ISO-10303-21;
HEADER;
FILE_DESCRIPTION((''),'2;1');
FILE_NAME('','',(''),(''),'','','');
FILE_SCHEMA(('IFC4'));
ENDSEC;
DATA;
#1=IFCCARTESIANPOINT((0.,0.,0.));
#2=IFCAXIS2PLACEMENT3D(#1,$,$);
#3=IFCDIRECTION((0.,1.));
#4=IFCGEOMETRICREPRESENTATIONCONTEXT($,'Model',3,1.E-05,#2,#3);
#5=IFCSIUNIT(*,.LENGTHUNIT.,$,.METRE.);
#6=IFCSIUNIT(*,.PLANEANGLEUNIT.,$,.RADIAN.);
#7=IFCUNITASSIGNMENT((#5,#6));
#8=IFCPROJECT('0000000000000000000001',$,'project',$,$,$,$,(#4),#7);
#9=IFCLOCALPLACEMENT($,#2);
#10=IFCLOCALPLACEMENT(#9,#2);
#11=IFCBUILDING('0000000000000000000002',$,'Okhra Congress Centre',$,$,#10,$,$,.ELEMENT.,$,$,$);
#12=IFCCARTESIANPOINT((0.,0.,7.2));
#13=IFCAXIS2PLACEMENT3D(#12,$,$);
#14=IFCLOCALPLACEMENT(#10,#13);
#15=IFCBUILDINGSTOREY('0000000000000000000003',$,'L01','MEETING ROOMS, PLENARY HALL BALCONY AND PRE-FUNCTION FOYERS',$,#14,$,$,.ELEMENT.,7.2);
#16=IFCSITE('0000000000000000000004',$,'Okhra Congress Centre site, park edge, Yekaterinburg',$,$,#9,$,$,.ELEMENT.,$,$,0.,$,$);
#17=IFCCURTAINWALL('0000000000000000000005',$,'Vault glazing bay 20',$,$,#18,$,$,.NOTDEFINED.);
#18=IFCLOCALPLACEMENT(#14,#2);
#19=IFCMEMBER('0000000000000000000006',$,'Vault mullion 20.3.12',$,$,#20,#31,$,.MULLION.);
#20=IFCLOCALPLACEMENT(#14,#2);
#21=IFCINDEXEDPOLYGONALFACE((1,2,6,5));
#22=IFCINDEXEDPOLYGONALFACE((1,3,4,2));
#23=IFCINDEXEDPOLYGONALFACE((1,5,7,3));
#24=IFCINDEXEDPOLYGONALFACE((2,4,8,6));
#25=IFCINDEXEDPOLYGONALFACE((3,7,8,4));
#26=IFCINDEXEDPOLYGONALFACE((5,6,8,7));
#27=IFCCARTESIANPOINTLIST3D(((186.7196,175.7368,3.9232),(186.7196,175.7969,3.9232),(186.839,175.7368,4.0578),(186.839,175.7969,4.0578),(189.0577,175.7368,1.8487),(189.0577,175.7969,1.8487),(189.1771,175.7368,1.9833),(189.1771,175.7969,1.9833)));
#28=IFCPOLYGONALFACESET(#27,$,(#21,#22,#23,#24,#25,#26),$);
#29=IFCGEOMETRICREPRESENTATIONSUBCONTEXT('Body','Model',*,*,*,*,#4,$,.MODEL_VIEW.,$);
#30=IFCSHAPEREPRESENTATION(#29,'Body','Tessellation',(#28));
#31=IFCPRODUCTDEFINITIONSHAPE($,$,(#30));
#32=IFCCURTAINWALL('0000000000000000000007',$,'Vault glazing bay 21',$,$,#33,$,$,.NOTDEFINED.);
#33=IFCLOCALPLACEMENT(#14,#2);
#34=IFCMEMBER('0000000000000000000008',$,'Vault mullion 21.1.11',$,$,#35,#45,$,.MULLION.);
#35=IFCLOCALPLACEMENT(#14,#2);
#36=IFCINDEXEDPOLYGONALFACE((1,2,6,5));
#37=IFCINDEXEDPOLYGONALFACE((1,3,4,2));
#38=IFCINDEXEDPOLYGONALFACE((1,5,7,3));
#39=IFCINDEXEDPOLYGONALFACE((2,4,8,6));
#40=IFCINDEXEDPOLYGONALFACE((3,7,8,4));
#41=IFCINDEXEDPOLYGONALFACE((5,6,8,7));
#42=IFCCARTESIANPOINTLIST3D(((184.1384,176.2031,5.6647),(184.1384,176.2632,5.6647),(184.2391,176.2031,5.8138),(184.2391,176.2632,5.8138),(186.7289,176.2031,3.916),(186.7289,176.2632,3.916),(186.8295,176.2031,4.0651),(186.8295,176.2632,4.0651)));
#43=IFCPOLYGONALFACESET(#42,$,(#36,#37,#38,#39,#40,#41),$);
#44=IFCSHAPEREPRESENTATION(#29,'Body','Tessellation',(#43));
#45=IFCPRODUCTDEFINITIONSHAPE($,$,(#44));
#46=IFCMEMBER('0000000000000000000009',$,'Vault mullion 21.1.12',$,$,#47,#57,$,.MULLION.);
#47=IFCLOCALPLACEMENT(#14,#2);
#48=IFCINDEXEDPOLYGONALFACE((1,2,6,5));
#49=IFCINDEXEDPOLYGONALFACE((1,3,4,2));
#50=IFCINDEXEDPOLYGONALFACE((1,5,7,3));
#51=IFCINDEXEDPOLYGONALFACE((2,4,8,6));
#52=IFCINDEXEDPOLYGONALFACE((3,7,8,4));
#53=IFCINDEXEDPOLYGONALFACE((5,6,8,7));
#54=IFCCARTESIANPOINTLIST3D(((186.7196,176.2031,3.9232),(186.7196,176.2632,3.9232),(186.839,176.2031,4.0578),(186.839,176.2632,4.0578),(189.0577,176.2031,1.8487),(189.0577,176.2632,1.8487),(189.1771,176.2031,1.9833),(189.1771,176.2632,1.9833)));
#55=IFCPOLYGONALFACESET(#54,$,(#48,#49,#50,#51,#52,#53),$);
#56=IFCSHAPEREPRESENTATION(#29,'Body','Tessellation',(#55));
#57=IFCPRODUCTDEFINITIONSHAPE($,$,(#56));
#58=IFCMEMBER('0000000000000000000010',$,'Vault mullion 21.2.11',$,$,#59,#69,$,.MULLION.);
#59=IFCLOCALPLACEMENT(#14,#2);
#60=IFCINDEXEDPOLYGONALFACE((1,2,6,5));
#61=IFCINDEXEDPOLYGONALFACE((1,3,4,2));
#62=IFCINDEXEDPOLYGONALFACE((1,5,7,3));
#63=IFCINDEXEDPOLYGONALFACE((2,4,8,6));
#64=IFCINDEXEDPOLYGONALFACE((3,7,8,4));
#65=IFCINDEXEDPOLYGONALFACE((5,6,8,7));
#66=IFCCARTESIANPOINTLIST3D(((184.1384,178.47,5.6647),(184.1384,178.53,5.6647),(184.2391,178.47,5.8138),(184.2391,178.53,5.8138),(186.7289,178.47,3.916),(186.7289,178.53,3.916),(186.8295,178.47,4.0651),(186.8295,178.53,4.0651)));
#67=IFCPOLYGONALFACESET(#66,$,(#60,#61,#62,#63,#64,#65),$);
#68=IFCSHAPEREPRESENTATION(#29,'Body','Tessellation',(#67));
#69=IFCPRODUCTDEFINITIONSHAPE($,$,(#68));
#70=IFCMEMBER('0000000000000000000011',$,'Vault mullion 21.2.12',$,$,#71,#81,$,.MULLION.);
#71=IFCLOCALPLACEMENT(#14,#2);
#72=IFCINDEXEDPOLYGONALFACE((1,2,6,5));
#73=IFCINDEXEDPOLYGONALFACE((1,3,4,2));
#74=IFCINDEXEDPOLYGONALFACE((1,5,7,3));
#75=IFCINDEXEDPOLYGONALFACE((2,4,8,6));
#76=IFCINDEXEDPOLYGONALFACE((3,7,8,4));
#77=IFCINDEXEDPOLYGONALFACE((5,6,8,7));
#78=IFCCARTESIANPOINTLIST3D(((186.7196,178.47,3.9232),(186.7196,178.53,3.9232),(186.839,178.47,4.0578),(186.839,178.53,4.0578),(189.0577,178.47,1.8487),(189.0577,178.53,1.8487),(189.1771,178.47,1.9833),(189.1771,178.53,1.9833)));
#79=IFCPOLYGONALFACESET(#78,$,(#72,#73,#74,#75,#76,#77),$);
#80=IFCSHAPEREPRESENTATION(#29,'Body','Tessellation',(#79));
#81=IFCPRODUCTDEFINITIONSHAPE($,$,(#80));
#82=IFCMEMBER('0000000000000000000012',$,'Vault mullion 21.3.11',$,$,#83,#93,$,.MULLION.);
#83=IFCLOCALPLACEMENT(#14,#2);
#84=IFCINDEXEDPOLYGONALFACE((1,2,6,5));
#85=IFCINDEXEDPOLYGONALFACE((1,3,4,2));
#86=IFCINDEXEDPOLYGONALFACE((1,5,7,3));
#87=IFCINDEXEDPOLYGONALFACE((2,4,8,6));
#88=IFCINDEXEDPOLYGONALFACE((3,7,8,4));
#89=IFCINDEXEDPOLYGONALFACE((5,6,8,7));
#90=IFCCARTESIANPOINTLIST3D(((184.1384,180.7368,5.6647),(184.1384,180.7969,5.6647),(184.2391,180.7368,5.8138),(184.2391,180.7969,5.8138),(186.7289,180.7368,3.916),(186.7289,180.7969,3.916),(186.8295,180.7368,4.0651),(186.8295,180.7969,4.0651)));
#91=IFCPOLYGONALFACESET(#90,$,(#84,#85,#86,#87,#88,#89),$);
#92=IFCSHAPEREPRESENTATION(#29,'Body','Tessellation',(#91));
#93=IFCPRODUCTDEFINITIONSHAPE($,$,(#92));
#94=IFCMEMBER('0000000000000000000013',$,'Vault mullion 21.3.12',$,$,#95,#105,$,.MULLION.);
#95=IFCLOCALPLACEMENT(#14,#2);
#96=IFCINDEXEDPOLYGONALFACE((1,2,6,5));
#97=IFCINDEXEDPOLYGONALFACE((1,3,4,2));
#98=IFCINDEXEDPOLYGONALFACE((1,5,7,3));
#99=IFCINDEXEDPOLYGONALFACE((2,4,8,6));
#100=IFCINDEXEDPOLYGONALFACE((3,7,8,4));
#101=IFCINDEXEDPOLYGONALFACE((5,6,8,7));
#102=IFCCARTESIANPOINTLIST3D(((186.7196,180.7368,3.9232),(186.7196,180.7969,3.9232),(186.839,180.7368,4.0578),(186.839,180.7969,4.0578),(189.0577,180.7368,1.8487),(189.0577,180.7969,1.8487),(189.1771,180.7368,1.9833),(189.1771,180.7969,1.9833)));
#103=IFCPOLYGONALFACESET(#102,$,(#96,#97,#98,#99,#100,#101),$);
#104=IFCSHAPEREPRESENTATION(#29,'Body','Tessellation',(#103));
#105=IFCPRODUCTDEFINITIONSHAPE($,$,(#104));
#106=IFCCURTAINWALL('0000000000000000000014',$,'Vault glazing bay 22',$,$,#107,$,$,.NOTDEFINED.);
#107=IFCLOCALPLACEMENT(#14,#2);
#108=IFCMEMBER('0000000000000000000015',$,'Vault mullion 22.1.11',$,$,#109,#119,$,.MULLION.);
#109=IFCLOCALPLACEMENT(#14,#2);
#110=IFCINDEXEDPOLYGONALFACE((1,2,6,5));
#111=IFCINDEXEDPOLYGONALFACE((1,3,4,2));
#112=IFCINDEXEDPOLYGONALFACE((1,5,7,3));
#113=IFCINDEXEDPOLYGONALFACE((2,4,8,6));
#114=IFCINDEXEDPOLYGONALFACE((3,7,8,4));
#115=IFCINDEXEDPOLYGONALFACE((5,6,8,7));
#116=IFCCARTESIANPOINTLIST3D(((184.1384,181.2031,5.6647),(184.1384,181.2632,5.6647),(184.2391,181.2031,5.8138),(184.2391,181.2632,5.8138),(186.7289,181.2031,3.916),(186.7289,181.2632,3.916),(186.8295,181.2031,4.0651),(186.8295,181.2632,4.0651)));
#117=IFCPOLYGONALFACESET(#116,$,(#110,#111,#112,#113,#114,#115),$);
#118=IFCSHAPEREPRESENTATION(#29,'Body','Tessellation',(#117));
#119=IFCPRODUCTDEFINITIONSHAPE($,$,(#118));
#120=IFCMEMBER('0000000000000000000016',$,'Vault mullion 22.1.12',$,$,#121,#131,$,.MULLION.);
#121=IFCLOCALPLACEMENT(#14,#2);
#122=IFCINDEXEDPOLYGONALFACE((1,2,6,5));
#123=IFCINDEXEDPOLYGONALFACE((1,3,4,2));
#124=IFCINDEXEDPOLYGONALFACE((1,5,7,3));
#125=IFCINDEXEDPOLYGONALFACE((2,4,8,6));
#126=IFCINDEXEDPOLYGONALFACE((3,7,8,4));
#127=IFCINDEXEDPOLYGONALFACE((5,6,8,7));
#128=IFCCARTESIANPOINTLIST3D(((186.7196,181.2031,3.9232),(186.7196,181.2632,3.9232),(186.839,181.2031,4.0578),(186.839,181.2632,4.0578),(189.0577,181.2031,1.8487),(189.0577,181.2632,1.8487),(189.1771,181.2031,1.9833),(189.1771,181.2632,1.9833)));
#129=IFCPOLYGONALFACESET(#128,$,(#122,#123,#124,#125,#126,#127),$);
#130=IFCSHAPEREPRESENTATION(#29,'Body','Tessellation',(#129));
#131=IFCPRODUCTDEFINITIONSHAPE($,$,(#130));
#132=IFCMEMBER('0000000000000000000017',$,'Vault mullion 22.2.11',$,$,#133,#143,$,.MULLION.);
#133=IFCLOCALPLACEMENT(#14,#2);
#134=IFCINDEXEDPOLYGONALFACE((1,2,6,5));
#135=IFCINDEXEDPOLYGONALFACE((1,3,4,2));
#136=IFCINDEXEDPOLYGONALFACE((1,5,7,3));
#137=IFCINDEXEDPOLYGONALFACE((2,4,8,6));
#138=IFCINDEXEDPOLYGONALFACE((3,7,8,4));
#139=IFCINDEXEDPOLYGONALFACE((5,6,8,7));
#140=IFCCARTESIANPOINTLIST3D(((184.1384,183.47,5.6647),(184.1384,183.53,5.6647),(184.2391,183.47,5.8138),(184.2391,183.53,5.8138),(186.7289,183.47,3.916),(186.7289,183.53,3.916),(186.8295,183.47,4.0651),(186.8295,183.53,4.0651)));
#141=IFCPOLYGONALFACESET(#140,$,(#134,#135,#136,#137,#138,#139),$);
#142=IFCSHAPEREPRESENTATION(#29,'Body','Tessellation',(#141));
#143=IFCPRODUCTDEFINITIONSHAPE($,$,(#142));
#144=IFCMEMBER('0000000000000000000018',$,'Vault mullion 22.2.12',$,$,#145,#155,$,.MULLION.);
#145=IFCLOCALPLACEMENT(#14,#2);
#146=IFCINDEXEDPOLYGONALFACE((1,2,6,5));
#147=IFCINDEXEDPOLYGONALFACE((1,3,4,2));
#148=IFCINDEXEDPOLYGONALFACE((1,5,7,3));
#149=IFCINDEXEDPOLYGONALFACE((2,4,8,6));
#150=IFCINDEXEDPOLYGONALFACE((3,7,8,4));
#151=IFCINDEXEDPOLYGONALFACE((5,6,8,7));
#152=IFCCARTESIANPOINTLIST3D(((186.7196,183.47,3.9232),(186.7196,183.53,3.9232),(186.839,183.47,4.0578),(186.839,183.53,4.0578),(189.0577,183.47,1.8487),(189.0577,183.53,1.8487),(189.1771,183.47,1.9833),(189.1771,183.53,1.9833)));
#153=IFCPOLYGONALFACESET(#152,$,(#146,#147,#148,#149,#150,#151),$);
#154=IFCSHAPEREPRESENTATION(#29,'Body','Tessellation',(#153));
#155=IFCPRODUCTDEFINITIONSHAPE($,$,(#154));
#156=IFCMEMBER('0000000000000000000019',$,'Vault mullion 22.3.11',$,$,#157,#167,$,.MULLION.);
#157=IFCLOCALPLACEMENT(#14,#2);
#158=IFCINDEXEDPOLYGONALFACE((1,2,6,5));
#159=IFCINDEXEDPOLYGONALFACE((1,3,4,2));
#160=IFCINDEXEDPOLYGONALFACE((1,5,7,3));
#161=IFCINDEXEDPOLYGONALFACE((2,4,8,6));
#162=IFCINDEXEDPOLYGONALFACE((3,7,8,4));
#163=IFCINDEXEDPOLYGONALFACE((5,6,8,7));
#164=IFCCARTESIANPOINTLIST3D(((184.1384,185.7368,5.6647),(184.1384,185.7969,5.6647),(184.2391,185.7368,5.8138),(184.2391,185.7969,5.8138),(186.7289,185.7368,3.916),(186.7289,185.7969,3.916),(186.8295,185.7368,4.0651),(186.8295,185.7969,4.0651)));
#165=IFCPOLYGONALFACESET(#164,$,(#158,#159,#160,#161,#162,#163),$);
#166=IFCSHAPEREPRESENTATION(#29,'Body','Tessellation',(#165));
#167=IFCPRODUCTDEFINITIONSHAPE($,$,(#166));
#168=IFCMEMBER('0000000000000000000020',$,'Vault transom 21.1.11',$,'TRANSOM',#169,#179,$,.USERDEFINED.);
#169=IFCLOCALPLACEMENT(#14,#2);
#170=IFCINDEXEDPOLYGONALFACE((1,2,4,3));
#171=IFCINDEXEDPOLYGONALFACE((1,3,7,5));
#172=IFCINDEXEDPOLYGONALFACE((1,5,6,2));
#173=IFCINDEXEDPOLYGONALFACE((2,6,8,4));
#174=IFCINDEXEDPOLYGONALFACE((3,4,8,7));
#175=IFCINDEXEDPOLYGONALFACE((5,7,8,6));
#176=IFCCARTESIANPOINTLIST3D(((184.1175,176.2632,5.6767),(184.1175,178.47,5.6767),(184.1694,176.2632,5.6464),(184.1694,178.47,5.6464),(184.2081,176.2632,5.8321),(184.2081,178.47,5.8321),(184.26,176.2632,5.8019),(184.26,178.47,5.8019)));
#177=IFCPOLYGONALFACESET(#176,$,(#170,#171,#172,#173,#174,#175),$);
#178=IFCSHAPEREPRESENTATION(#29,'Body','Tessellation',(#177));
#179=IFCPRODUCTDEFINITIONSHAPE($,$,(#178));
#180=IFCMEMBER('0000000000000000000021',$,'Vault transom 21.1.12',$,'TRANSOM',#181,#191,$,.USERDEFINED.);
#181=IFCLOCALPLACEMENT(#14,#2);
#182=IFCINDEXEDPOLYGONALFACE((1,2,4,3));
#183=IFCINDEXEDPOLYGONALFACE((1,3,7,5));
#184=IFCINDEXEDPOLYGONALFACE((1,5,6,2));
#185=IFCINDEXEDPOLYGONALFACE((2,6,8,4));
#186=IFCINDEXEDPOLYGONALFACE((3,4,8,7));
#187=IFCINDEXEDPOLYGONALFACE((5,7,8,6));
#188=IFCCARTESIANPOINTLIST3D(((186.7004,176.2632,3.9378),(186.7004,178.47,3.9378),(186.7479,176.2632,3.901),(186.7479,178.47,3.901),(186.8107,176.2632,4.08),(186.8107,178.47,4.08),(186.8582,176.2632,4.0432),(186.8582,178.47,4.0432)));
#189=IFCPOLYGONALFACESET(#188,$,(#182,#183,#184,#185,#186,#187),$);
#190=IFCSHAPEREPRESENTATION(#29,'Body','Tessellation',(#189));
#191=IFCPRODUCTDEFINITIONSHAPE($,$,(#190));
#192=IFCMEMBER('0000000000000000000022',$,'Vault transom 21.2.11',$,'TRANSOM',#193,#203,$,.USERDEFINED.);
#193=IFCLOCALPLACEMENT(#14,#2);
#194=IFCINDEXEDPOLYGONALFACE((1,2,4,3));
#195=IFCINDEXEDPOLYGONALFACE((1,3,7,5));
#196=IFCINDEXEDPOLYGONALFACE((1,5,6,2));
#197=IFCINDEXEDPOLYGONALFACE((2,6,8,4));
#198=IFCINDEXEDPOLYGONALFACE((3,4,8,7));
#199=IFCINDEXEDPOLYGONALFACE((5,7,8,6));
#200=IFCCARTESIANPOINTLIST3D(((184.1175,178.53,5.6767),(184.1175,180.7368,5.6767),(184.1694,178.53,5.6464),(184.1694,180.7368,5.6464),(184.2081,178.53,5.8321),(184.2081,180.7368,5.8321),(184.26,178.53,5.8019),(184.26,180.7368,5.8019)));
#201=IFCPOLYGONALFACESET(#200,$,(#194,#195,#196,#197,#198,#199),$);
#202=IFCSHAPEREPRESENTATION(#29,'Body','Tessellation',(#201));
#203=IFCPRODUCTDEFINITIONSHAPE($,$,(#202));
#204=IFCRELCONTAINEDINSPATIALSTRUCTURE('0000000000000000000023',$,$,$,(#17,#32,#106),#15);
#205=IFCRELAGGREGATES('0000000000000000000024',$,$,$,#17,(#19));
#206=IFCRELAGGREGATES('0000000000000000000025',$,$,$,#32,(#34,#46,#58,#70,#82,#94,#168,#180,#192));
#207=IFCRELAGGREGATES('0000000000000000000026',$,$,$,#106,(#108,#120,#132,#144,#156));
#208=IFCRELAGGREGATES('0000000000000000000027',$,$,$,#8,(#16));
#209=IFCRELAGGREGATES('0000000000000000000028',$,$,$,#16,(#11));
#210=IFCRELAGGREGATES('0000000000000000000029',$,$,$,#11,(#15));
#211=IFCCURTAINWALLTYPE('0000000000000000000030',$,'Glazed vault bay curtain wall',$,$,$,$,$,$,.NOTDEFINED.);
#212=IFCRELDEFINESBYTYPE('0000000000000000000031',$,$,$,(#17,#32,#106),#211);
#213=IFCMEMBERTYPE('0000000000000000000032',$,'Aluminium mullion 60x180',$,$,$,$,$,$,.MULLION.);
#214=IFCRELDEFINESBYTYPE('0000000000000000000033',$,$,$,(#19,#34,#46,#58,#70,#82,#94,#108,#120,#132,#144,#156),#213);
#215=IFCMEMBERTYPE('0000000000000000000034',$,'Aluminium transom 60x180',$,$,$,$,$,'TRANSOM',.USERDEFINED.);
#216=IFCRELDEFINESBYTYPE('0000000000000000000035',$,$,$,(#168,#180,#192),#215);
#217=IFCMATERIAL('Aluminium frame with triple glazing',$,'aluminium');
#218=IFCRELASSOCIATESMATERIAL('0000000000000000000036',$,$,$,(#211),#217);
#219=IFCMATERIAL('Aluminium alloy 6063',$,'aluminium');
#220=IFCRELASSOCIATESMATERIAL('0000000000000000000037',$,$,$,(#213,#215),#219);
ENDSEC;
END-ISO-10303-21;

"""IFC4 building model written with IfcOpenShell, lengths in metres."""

from ifc_helpers import new_model, si_unit, direction, frame, origin, origin_2d, place, context, subcontext, project, spatial, rectangle, extrude, material, material_profile, profile_set, type_object, element, aggregate, save


model = new_model("IFC4")

# Units and contexts
model_context = context("Model", 3, precision=1e-05, world=origin(), true_north=direction((0.0, 1.0)))
body_context = subcontext(model_context, "Body", "Model", "MODEL_VIEW")
ifc_project = project(units=[si_unit("LENGTHUNIT", "METRE"), si_unit("PLANEANGLEUNIT", "RADIAN")], contexts=[model_context])

# Site, building, storey
site_placement = place(None, origin())
site = spatial("IfcSite", under=ifc_project, at=site_placement, Name="Okhra Congress Centre site, park edge, Yekaterinburg", CompositionType="ELEMENT", RefElevation=0.0)
building_placement = place(site_placement, origin())
building = spatial("IfcBuilding", under=site, at=building_placement, Name="Okhra Congress Centre", CompositionType="ELEMENT")
storey_placement = place(building_placement, frame((0.0, 0.0, 7.2)))
storey = spatial("IfcBuildingStorey", under=building, at=storey_placement, Name="L01", Description="MEETING ROOMS, PLENARY HALL BALCONY AND PRE-FUNCTION FOYERS", CompositionType="ELEMENT", Elevation=7.2)

# Curtain wall, member
ifc_material_1 = material(Name="Aluminium frame with triple glazing", Category="aluminium")
curtain_wall_type = type_object("IfcCurtainWallType", Name="Glazed vault bay curtain wall", PredefinedType="NOTDEFINED", material=ifc_material_1)
curtain_wall_1_placement = place(storey_placement, origin())
curtain_wall_1 = element("IfcCurtainWall", 1, at=curtain_wall_1_placement, inside=storey, type_object=curtain_wall_type, Name="Vault glazing bay 20", PredefinedType="NOTDEFINED")
ifc_material_2 = material(Name="Aluminium alloy 6063", Category="aluminium")
ifc_material_profile_1 = material_profile(ifc_material_2, rectangle(XDim=0.0601, YDim=0.1799, at=origin_2d()), Name="AL 60x180")
ifc_profile_set_1 = profile_set([ifc_material_profile_1], Name="Aluminium alloy 6063")
member_type_1 = type_object("IfcMemberType", Name="Aluminium mullion 60x180", PredefinedType="MULLION", material=ifc_profile_set_1)
member_1_placement = place(storey_placement, frame((186.7793, 175.7668, 3.9905), z_axis=(0.748025, 0.0, -0.66367), x_axis=(0.0, 1.0, 0.0)))
member_1 = element("IfcMember", 2, at=member_1_placement, type_object=member_type_1, Name="Vault mullion 20.3.12", PredefinedType="MULLION", context=body_context, shape_type="SweptSolid", body=[
    extrude(rectangle(XDim=0.0601, YDim=0.1799, at=origin_2d()), origin(), (0.0, 0.0, 1.0), 3.1257),
])
aggregate(curtain_wall_1, [member_1])

# Curtain walls, members
curtain_wall_2_placement = place(storey_placement, origin())
curtain_wall_2 = element("IfcCurtainWall", 3, at=curtain_wall_2_placement, inside=storey, type_object=curtain_wall_type, Name="Vault glazing bay 21", PredefinedType="NOTDEFINED")
member_2_placement = place(storey_placement, frame((184.1887, 176.2332, 5.7393), z_axis=(0.828828, 0.0, -0.559504), x_axis=(0.0, 1.0, 0.0)))
member_2 = element("IfcMember", 4, at=member_2_placement, type_object=member_type_1, Name="Vault mullion 21.1.11", PredefinedType="MULLION", context=body_context, shape_type="SweptSolid", body=[
    extrude(rectangle(XDim=0.0601, YDim=0.1799, at=origin_2d()), origin(), (0.0, 0.0, 1.0), 3.1255),
])
member_3_placement = place(storey_placement, frame((186.7793, 176.2332, 3.9905), z_axis=(0.748025, 0.0, -0.66367), x_axis=(0.0, 1.0, 0.0)))
member_3 = element("IfcMember", 5, at=member_3_placement, type_object=member_type_1, Name="Vault mullion 21.1.12", PredefinedType="MULLION", context=body_context, shape_type="SweptSolid", body=[
    extrude(rectangle(XDim=0.0601, YDim=0.1799, at=origin_2d()), origin(), (0.0, 0.0, 1.0), 3.1257),
])
member_4_placement = place(storey_placement, frame((184.1887, 178.5, 5.7393), z_axis=(0.828828, 0.0, -0.559504), x_axis=(0.0, 1.0, 0.0)))
member_4 = element("IfcMember", 6, at=member_4_placement, type_object=member_type_1, Name="Vault mullion 21.2.11", PredefinedType="MULLION", context=body_context, shape_type="SweptSolid", body=[
    extrude(rectangle(XDim=0.0601, YDim=0.1799, at=origin_2d()), origin(), (0.0, 0.0, 1.0), 3.1255),
])
member_5_placement = place(storey_placement, frame((186.7793, 178.5, 3.9905), z_axis=(0.748025, 0.0, -0.66367), x_axis=(0.0, 1.0, 0.0)))
member_5 = element("IfcMember", 7, at=member_5_placement, type_object=member_type_1, Name="Vault mullion 21.2.12", PredefinedType="MULLION", context=body_context, shape_type="SweptSolid", body=[
    extrude(rectangle(XDim=0.0601, YDim=0.1799, at=origin_2d()), origin(), (0.0, 0.0, 1.0), 3.1257),
])
member_6_placement = place(storey_placement, frame((184.1887, 180.7668, 5.7393), z_axis=(0.828828, 0.0, -0.559504), x_axis=(0.0, 1.0, 0.0)))
member_6 = element("IfcMember", 8, at=member_6_placement, type_object=member_type_1, Name="Vault mullion 21.3.11", PredefinedType="MULLION", context=body_context, shape_type="SweptSolid", body=[
    extrude(rectangle(XDim=0.0601, YDim=0.1799, at=origin_2d()), origin(), (0.0, 0.0, 1.0), 3.1255),
])
member_7_placement = place(storey_placement, frame((186.7793, 180.7668, 3.9905), z_axis=(0.748025, 0.0, -0.66367), x_axis=(0.0, 1.0, 0.0)))
member_7 = element("IfcMember", 9, at=member_7_placement, type_object=member_type_1, Name="Vault mullion 21.3.12", PredefinedType="MULLION", context=body_context, shape_type="SweptSolid", body=[
    extrude(rectangle(XDim=0.0601, YDim=0.1799, at=origin_2d()), origin(), (0.0, 0.0, 1.0), 3.1257),
])
curtain_wall_3_placement = place(storey_placement, origin())
curtain_wall_3 = element("IfcCurtainWall", 10, at=curtain_wall_3_placement, inside=storey, type_object=curtain_wall_type, Name="Vault glazing bay 22", PredefinedType="NOTDEFINED")
member_8_placement = place(storey_placement, frame((184.1887, 181.2332, 5.7393), z_axis=(0.828828, 0.0, -0.559504), x_axis=(0.0, 1.0, 0.0)))
member_8 = element("IfcMember", 11, at=member_8_placement, type_object=member_type_1, Name="Vault mullion 22.1.11", PredefinedType="MULLION", context=body_context, shape_type="SweptSolid", body=[
    extrude(rectangle(XDim=0.0601, YDim=0.1799, at=origin_2d()), origin(), (0.0, 0.0, 1.0), 3.1255),
])
member_9_placement = place(storey_placement, frame((186.7793, 181.2332, 3.9905), z_axis=(0.748025, 0.0, -0.66367), x_axis=(0.0, 1.0, 0.0)))
member_9 = element("IfcMember", 12, at=member_9_placement, type_object=member_type_1, Name="Vault mullion 22.1.12", PredefinedType="MULLION", context=body_context, shape_type="SweptSolid", body=[
    extrude(rectangle(XDim=0.0601, YDim=0.1799, at=origin_2d()), origin(), (0.0, 0.0, 1.0), 3.1257),
])
member_10_placement = place(storey_placement, frame((184.1887, 183.5, 5.7393), z_axis=(0.828828, 0.0, -0.559504), x_axis=(0.0, 1.0, 0.0)))
member_10 = element("IfcMember", 13, at=member_10_placement, type_object=member_type_1, Name="Vault mullion 22.2.11", PredefinedType="MULLION", context=body_context, shape_type="SweptSolid", body=[
    extrude(rectangle(XDim=0.0601, YDim=0.1799, at=origin_2d()), origin(), (0.0, 0.0, 1.0), 3.1255),
])
member_11_placement = place(storey_placement, frame((186.7793, 183.5, 3.9905), z_axis=(0.748025, 0.0, -0.66367), x_axis=(0.0, 1.0, 0.0)))
member_11 = element("IfcMember", 14, at=member_11_placement, type_object=member_type_1, Name="Vault mullion 22.2.12", PredefinedType="MULLION", context=body_context, shape_type="SweptSolid", body=[
    extrude(rectangle(XDim=0.0601, YDim=0.1799, at=origin_2d()), origin(), (0.0, 0.0, 1.0), 3.1257),
])
member_12_placement = place(storey_placement, frame((184.1887, 185.7668, 5.7393), z_axis=(0.828828, 0.0, -0.559504), x_axis=(0.0, 1.0, 0.0)))
member_12 = element("IfcMember", 15, at=member_12_placement, type_object=member_type_1, Name="Vault mullion 22.3.11", PredefinedType="MULLION", context=body_context, shape_type="SweptSolid", body=[
    extrude(rectangle(XDim=0.0601, YDim=0.1799, at=origin_2d()), origin(), (0.0, 0.0, 1.0), 3.1255),
])

# Members
ifc_material_profile_2 = material_profile(ifc_material_2, rectangle(XDim=0.0601, YDim=0.1799, at=origin_2d()), Name="AL 60x180 transom")
ifc_profile_set_2 = profile_set([ifc_material_profile_2], Name="Aluminium alloy 6063")
member_type_2 = type_object("IfcMemberType", Name="Aluminium transom 60x180", ElementType="TRANSOM", PredefinedType="USERDEFINED", material=ifc_profile_set_2)
member_13_placement = place(storey_placement, frame((184.1887, 176.2632, 5.7393), z_axis=(0.0, 1.0, 0.0), x_axis=(-0.863917, 0.0, 0.503634)))
member_13 = element("IfcMember", 16, at=member_13_placement, type_object=member_type_2, Name="Vault transom 21.1.11", ObjectType="TRANSOM", PredefinedType="USERDEFINED", context=body_context, shape_type="SweptSolid", body=[
    extrude(rectangle(XDim=0.0601, YDim=0.1799, at=origin_2d()), origin(), (0.0, 0.0, 1.0), 2.2068),
])
member_14_placement = place(storey_placement, frame((186.7793, 176.2632, 3.9905), z_axis=(0.0, 1.0, 0.0), x_axis=(-0.790145, 0.0, 0.61292)))
member_14 = element("IfcMember", 17, at=member_14_placement, type_object=member_type_2, Name="Vault transom 21.1.12", ObjectType="TRANSOM", PredefinedType="USERDEFINED", context=body_context, shape_type="SweptSolid", body=[
    extrude(rectangle(XDim=0.0601, YDim=0.1799, at=origin_2d()), origin(), (0.0, 0.0, 1.0), 2.2068),
])
member_15_placement = place(storey_placement, frame((184.1887, 178.53, 5.7393), z_axis=(0.0, 1.0, 0.0), x_axis=(-0.863917, 0.0, 0.503634)))
member_15 = element("IfcMember", 18, at=member_15_placement, type_object=member_type_2, Name="Vault transom 21.2.11", ObjectType="TRANSOM", PredefinedType="USERDEFINED", context=body_context, shape_type="SweptSolid", body=[
    extrude(rectangle(XDim=0.0601, YDim=0.1799, at=origin_2d()), origin(), (0.0, 0.0, 1.0), 2.2068),
])

aggregate(curtain_wall_2, [member_2, member_3, member_4, member_5, member_6, member_7, member_13, member_14, member_15])
aggregate(curtain_wall_3, [member_8, member_9, member_10, member_11, member_12])

save(model, "model.ifc")
